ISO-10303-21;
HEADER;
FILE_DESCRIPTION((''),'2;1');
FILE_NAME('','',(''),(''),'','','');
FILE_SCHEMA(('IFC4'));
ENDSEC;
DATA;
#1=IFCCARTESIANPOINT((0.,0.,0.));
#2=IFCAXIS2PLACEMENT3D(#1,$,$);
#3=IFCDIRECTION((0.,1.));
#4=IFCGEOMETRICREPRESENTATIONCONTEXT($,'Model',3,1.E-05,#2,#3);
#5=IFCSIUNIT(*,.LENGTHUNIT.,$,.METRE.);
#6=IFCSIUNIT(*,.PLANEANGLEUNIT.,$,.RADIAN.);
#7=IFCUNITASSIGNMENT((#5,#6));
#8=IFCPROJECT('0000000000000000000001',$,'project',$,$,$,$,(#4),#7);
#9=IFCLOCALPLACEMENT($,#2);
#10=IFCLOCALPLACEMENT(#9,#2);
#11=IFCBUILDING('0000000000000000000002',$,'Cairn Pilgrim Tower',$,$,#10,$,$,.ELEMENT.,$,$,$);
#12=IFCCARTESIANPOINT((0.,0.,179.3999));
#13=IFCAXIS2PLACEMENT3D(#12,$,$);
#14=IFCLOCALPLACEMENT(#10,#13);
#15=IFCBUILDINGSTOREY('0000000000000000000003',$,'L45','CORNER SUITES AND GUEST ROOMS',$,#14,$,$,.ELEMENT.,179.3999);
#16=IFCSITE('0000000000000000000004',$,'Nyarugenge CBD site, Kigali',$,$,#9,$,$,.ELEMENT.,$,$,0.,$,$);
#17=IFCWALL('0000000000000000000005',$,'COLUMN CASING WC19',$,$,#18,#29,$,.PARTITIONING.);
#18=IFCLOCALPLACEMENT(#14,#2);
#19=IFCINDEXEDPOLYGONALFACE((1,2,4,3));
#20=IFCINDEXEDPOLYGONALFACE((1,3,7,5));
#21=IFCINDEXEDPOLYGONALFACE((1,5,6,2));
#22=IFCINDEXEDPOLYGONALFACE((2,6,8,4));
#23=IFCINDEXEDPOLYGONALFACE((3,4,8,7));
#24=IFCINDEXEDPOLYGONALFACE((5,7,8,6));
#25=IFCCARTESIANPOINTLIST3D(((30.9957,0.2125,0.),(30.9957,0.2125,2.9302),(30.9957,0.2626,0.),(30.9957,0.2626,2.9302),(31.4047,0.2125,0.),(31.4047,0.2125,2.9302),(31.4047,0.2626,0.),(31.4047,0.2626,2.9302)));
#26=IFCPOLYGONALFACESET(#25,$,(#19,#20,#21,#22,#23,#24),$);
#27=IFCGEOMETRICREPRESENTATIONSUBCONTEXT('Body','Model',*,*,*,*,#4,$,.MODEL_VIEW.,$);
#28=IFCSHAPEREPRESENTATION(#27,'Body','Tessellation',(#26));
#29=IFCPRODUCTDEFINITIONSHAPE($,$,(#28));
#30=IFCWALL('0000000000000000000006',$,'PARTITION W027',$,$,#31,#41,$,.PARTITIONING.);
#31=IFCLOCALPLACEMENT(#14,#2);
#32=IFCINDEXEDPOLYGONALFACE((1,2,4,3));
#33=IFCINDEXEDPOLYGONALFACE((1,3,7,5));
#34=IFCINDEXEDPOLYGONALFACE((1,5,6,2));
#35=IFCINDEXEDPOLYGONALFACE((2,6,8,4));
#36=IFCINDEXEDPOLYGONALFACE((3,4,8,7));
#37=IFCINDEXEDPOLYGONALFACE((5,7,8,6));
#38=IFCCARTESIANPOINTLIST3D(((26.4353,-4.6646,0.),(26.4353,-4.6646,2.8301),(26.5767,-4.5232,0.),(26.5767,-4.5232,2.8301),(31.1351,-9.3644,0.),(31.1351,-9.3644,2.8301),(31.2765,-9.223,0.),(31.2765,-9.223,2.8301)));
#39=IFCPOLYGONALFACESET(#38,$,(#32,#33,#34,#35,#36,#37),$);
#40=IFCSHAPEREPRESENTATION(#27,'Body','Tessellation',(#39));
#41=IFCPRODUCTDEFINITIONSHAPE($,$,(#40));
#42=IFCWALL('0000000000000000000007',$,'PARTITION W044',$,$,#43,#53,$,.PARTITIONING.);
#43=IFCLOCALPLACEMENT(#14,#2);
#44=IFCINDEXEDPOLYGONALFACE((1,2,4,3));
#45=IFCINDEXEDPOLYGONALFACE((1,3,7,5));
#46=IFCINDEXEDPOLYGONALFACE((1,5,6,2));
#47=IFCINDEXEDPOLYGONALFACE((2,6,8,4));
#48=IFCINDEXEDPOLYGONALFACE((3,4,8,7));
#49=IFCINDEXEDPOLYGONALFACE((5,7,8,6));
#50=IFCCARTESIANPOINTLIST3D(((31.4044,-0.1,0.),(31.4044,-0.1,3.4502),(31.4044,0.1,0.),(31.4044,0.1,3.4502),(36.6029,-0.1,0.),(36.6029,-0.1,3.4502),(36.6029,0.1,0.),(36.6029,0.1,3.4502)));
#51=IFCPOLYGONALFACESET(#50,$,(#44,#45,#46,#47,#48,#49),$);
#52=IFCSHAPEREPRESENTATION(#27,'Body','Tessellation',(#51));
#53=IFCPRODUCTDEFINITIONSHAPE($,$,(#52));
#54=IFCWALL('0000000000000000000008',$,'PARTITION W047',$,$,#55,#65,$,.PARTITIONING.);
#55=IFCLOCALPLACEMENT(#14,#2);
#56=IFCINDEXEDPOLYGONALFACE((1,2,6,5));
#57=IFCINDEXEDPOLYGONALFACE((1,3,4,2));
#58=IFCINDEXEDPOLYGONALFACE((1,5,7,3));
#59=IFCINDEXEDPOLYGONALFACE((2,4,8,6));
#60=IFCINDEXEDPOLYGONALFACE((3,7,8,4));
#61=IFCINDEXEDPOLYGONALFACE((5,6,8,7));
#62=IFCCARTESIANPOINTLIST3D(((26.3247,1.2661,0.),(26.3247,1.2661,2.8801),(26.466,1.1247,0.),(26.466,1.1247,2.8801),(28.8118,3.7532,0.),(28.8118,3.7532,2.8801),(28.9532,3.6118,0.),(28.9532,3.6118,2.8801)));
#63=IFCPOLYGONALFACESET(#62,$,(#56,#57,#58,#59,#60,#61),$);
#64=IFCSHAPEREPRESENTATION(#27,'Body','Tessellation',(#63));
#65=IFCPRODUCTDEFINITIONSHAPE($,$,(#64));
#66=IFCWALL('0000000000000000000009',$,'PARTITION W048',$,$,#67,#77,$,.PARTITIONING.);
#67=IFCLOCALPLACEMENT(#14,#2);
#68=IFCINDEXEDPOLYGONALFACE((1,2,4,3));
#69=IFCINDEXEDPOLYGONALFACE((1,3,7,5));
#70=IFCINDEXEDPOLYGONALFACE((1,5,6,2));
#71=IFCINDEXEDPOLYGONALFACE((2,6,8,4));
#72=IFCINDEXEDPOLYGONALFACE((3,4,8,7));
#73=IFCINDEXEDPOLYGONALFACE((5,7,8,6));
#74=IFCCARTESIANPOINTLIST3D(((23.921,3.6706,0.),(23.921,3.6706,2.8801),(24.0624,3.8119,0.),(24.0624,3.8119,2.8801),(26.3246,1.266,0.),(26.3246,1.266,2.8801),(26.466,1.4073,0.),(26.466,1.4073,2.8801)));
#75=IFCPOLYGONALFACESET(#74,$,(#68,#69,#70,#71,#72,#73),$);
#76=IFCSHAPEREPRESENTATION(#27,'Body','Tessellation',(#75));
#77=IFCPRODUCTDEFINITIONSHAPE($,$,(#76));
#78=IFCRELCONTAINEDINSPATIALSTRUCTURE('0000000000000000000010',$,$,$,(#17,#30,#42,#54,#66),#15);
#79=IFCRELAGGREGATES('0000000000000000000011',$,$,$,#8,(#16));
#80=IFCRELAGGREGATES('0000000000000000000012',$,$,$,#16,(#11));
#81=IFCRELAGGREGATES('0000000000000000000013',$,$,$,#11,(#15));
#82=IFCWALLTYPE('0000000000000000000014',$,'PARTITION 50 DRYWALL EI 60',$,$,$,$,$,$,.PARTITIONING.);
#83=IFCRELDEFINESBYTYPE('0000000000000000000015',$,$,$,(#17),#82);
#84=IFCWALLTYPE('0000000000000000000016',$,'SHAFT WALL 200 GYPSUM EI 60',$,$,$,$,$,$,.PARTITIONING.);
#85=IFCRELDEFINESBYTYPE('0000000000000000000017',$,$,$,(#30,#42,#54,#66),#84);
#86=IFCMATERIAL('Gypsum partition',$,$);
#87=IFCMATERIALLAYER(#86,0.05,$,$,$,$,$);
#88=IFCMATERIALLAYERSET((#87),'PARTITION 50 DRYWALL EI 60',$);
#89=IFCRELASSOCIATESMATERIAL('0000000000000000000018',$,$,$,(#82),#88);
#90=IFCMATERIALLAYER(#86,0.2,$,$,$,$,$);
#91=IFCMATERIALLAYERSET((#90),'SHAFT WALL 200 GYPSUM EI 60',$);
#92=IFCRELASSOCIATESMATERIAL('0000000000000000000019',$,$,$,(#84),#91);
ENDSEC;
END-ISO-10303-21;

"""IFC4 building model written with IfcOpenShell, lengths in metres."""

from ifc_helpers import new_model, si_unit, direction, frame, frame_2d, origin, place, context, subcontext, project, spatial, rectangle, extrude, material, layer, layer_set, type_object, element, save


model = new_model("IFC4")

# Units and contexts
model_context = context("Model", 3, precision=1e-05, world=origin(), true_north=direction((0.0, 1.0)))
body_context = subcontext(model_context, "Body", "Model", "MODEL_VIEW")
ifc_project = project(units=[si_unit("LENGTHUNIT", "METRE"), si_unit("PLANEANGLEUNIT", "RADIAN")], contexts=[model_context])

# Site, building, storey
site_placement = place(None, origin())
site = spatial("IfcSite", under=ifc_project, at=site_placement, Name="Nyarugenge CBD site, Kigali", CompositionType="ELEMENT", RefElevation=0.0)
building_placement = place(site_placement, origin())
building = spatial("IfcBuilding", under=site, at=building_placement, Name="Cairn Pilgrim Tower", CompositionType="ELEMENT")
storey_placement = place(building_placement, frame((0.0, 0.0, 179.3999)))
storey = spatial("IfcBuildingStorey", under=building, at=storey_placement, Name="L45", Description="CORNER SUITES AND GUEST ROOMS", CompositionType="ELEMENT", Elevation=179.3999)

# Shared definitions
ifc_material_1 = material(Name="Gypsum partition")

# Walls
ifc_layer_1 = layer(ifc_material_1, 0.05)
ifc_layer_set_1 = layer_set([ifc_layer_1], Name="PARTITION 50 DRYWALL EI 60")
wall_type_1 = type_object("IfcWallType", Name="PARTITION 50 DRYWALL EI 60", PredefinedType="PARTITIONING", material=ifc_layer_set_1)
wall_1_placement = place(storey_placement, frame((30.9956, 0.2375, 0.0), z_axis=(0.0, 0.0, 1.0), x_axis=(1.0, 0.0, 0.0)))
element("IfcWall", 1, at=wall_1_placement, inside=storey, type_object=wall_type_1, Name="COLUMN CASING WC19", PredefinedType="PARTITIONING", context=body_context, shape_type="SweptSolid", body=[
    extrude(rectangle(XDim=0.4089, YDim=0.05, at=frame_2d((0.2046, 0.0))), origin(), (0.0, 0.0, 1.0), 2.9302),
])
ifc_layer_2 = layer(ifc_material_1, 0.2)
ifc_layer_set_2 = layer_set([ifc_layer_2], Name="SHAFT WALL 200 GYPSUM EI 60")
wall_type_2 = type_object("IfcWallType", Name="SHAFT WALL 200 GYPSUM EI 60", PredefinedType="PARTITIONING", material=ifc_layer_set_2)
wall_2_placement = place(storey_placement, frame((31.2058, -9.2937, 0.0), z_axis=(0.0, 0.0, 1.0), x_axis=(-0.707107, 0.707107, 0.0)))
element("IfcWall", 2, at=wall_2_placement, inside=storey, type_object=wall_type_2, Name="PARTITION W027", PredefinedType="PARTITIONING", context=body_context, shape_type="SweptSolid", body=[
    extrude(rectangle(XDim=6.6465, YDim=0.2, at=frame_2d((3.3232, 0.0))), origin(), (0.0, 0.0, 1.0), 2.8301),
])
wall_3_placement = place(storey_placement, frame((31.4045, 0.0, 0.0), z_axis=(0.0, 0.0, 1.0), x_axis=(1.0, 0.0, 0.0)))
element("IfcWall", 3, at=wall_3_placement, inside=storey, type_object=wall_type_2, Name="PARTITION W044", PredefinedType="PARTITIONING", context=body_context, shape_type="SweptSolid", body=[
    extrude(rectangle(XDim=5.1985, YDim=0.2, at=frame_2d((2.5991, 0.0))), origin(), (0.0, 0.0, 1.0), 3.4502),
])
wall_4_placement = place(storey_placement, frame((26.3953, 1.1953, 0.0), z_axis=(0.0, 0.0, 1.0), x_axis=(0.707107, 0.707107, 0.0)))
element("IfcWall", 4, at=wall_4_placement, inside=storey, type_object=wall_type_2, Name="PARTITION W047", PredefinedType="PARTITIONING", context=body_context, shape_type="SweptSolid", body=[
    extrude(rectangle(XDim=3.5173, YDim=0.2, at=frame_2d((1.7588, 0.0))), origin(), (0.0, 0.0, 1.0), 2.8801),
])
wall_5_placement = place(storey_placement, frame((26.3953, 1.3367, 0.0), z_axis=(0.0, 0.0, 1.0), x_axis=(-0.706963, 0.70725, 0.0)))
element("IfcWall", 5, at=wall_5_placement, inside=storey, type_object=wall_type_2, Name="PARTITION W048", PredefinedType="PARTITIONING", context=body_context, shape_type="SweptSolid", body=[
    extrude(rectangle(XDim=3.3999, YDim=0.2, at=frame_2d((1.7, 0.0))), origin(), (0.0, 0.0, 1.0), 2.8801),
])

save(model, "model.ifc")
